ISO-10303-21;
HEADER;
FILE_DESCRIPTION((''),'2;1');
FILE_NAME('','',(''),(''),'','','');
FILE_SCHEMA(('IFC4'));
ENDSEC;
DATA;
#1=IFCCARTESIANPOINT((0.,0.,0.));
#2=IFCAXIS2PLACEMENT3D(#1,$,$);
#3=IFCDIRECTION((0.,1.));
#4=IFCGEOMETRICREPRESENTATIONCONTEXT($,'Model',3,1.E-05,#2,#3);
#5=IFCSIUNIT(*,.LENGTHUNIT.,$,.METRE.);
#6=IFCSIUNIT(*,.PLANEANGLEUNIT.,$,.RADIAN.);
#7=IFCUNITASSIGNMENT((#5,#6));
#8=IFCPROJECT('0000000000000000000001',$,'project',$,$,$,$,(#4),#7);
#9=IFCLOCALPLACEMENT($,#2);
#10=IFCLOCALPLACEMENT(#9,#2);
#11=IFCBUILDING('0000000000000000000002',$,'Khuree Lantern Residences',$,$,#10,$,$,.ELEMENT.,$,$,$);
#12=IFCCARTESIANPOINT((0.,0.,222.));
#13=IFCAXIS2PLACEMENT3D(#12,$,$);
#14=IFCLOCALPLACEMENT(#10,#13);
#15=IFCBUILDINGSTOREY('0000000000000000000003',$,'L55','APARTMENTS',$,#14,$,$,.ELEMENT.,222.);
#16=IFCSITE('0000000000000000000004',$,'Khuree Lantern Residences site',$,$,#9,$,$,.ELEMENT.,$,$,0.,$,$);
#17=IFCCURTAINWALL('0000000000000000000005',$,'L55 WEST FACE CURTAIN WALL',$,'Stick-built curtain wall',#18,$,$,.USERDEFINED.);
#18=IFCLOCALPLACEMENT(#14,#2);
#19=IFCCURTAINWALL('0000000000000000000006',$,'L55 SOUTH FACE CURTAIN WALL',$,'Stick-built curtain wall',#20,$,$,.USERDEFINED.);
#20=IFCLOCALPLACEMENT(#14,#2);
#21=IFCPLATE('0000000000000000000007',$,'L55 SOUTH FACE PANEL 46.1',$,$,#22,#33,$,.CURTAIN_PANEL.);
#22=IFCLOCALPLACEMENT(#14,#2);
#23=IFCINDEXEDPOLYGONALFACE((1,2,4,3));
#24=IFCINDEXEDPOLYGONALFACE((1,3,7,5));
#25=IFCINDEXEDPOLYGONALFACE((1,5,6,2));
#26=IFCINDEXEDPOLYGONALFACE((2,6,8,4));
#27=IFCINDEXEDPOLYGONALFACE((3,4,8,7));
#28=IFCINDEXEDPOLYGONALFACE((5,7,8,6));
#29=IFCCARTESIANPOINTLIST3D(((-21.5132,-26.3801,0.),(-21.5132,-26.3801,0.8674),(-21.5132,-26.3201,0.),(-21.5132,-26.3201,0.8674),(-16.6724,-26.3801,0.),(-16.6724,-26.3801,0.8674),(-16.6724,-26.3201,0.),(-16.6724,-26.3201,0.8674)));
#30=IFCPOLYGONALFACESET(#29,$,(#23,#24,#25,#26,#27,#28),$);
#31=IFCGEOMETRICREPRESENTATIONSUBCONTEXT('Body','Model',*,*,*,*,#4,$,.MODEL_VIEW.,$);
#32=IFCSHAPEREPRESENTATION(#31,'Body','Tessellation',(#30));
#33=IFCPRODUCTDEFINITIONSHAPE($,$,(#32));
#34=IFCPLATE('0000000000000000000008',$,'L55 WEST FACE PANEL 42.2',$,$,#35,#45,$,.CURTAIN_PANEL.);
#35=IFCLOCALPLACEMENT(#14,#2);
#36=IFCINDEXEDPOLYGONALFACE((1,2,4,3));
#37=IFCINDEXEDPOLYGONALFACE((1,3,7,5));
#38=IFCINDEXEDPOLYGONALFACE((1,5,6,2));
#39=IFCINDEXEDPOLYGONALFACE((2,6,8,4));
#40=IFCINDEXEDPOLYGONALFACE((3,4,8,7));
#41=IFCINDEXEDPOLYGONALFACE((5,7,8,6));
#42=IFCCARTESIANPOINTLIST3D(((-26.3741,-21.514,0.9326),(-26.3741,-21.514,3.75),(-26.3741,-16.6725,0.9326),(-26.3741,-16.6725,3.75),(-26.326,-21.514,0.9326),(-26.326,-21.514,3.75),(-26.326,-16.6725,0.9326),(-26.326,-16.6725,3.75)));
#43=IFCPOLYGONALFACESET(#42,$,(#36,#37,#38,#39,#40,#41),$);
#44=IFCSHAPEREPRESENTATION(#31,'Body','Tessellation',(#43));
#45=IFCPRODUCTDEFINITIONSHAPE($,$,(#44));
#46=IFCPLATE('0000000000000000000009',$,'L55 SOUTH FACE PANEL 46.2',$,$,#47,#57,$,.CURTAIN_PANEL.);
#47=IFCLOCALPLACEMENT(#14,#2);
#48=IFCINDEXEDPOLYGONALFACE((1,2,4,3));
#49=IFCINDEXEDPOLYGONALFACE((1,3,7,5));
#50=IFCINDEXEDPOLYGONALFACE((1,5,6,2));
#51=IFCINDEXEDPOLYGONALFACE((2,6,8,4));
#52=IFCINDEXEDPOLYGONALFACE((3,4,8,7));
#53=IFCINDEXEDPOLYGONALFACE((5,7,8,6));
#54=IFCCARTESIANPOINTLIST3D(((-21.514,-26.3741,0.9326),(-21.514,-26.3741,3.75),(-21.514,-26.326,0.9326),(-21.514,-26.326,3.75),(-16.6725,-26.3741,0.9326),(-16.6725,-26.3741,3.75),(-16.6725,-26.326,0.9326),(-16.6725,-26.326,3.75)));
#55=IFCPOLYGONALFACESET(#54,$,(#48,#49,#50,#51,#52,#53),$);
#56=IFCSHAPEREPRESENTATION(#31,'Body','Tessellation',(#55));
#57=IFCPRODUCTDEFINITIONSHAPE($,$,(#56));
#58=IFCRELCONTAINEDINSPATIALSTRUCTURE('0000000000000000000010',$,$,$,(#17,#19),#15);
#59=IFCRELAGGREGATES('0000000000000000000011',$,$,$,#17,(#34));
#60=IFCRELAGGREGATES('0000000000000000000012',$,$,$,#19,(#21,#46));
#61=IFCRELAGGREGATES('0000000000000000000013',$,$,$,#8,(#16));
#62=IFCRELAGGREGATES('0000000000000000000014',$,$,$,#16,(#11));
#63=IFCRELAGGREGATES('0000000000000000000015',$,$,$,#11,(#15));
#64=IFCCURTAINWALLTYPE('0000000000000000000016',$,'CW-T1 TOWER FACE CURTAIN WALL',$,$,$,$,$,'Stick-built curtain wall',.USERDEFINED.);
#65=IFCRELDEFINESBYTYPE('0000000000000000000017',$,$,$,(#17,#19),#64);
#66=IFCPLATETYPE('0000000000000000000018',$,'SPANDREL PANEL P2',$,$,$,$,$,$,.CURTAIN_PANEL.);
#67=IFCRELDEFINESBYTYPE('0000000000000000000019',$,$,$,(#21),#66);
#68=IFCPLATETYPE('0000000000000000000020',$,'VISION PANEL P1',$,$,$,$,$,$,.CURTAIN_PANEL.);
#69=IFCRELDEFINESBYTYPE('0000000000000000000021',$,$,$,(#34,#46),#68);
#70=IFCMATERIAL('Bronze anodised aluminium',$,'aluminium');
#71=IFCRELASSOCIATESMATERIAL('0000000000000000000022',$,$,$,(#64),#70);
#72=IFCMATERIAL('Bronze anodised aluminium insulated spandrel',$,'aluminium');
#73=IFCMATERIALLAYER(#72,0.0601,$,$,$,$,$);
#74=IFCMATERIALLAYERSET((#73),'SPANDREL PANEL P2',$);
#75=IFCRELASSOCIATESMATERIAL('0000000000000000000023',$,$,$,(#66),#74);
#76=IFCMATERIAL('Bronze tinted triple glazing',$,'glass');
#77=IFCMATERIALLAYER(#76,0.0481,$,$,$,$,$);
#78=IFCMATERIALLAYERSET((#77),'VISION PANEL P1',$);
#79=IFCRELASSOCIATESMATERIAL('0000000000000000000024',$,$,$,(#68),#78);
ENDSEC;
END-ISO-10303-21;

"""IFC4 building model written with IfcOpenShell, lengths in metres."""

from ifc_helpers import new_model, si_unit, direction, frame, origin, origin_2d, place, context, subcontext, project, spatial, rectangle, extrude, material, layer, layer_set, type_object, element, aggregate, save


model = new_model("IFC4")

# Units and contexts
model_context = context("Model", 3, precision=1e-05, world=origin(), true_north=direction((0.0, 1.0)))
body_context = subcontext(model_context, "Body", "Model", "MODEL_VIEW")
ifc_project = project(units=[si_unit("LENGTHUNIT", "METRE"), si_unit("PLANEANGLEUNIT", "RADIAN")], contexts=[model_context])

# Site, building, storey
site_placement = place(None, origin())
site = spatial("IfcSite", under=ifc_project, at=site_placement, Name="Khuree Lantern Residences site", CompositionType="ELEMENT", RefElevation=0.0)
building_placement = place(site_placement, origin())
building = spatial("IfcBuilding", under=site, at=building_placement, Name="Khuree Lantern Residences", CompositionType="ELEMENT")
storey_placement = place(building_placement, frame((0.0, 0.0, 222.0)))
storey = spatial("IfcBuildingStorey", under=building, at=storey_placement, Name="L55", Description="APARTMENTS", CompositionType="ELEMENT", Elevation=222.0)

# Curtain wall
ifc_material_1 = material(Name="Bronze anodised aluminium", Category="aluminium")
curtain_wall_type_1 = type_object("IfcCurtainWallType", Name="CW-T1 TOWER FACE CURTAIN WALL", ElementType="Stick-built curtain wall", PredefinedType="USERDEFINED", material=ifc_material_1)
curtain_wall_1_placement = place(storey_placement, origin())
curtain_wall_1 = element("IfcCurtainWall", 1, at=curtain_wall_1_placement, inside=storey, type_object=curtain_wall_type_1, Name="L55 WEST FACE CURTAIN WALL", ObjectType="Stick-built curtain wall", PredefinedType="USERDEFINED")

# Curtain wall
curtain_wall_2_placement = place(storey_placement, origin())
curtain_wall_2 = element("IfcCurtainWall", 2, at=curtain_wall_2_placement, inside=storey, type_object=curtain_wall_type_1, Name="L55 SOUTH FACE CURTAIN WALL", ObjectType="Stick-built curtain wall", PredefinedType="USERDEFINED")

# Plates
ifc_material_2 = material(Name="Bronze tinted triple glazing", Category="glass")
ifc_material_3 = material(Name="Bronze anodised aluminium insulated spandrel", Category="aluminium")
ifc_layer_1 = layer(ifc_material_3, 0.0601)
ifc_layer_set_1 = layer_set([ifc_layer_1], Name="SPANDREL PANEL P2")
plate_type_1 = type_object("IfcPlateType", Name="SPANDREL PANEL P2", PredefinedType="CURTAIN_PANEL", material=ifc_layer_set_1)
plate_1_placement = place(storey_placement, frame((-19.0928, -26.3501, 0.0), z_axis=(0.0, 0.0, 1.0), x_axis=(1.0, 0.0, 0.0)))
plate_1 = element("IfcPlate", 3, at=plate_1_placement, type_object=plate_type_1, Name="L55 SOUTH FACE PANEL 46.1", PredefinedType="CURTAIN_PANEL", context=body_context, shape_type="SweptSolid", body=[
    extrude(rectangle(XDim=4.8408, YDim=0.0601, at=origin_2d()), origin(), (0.0, 0.0, 1.0), 0.8674),
])
ifc_layer_2 = layer(ifc_material_2, 0.0481)
ifc_layer_set_2 = layer_set([ifc_layer_2], Name="VISION PANEL P1")
plate_type_2 = type_object("IfcPlateType", Name="VISION PANEL P1", PredefinedType="CURTAIN_PANEL", material=ifc_layer_set_2)
plate_2_placement = place(storey_placement, frame((-26.3501, -19.0933, 0.9326), z_axis=(0.0, 0.0, 1.0), x_axis=(0.0, -1.0, 0.0)))
plate_2 = element("IfcPlate", 4, at=plate_2_placement, type_object=plate_type_2, Name="L55 WEST FACE PANEL 42.2", PredefinedType="CURTAIN_PANEL", context=body_context, shape_type="SweptSolid", body=[
    extrude(rectangle(XDim=4.8416, YDim=0.0481, at=origin_2d()), origin(), (0.0, 0.0, 1.0), 2.8174),
])
aggregate(curtain_wall_1, [plate_2])
plate_3_placement = place(storey_placement, frame((-19.0933, -26.3501, 0.9326), z_axis=(0.0, 0.0, 1.0), x_axis=(1.0, 0.0, 0.0)))
plate_3 = element("IfcPlate", 5, at=plate_3_placement, type_object=plate_type_2, Name="L55 SOUTH FACE PANEL 46.2", PredefinedType="CURTAIN_PANEL", context=body_context, shape_type="SweptSolid", body=[
    extrude(rectangle(XDim=4.8416, YDim=0.0481, at=origin_2d()), origin(), (0.0, 0.0, 1.0), 2.8174),
])
aggregate(curtain_wall_2, [plate_1, plate_3])

save(model, "model.ifc")
